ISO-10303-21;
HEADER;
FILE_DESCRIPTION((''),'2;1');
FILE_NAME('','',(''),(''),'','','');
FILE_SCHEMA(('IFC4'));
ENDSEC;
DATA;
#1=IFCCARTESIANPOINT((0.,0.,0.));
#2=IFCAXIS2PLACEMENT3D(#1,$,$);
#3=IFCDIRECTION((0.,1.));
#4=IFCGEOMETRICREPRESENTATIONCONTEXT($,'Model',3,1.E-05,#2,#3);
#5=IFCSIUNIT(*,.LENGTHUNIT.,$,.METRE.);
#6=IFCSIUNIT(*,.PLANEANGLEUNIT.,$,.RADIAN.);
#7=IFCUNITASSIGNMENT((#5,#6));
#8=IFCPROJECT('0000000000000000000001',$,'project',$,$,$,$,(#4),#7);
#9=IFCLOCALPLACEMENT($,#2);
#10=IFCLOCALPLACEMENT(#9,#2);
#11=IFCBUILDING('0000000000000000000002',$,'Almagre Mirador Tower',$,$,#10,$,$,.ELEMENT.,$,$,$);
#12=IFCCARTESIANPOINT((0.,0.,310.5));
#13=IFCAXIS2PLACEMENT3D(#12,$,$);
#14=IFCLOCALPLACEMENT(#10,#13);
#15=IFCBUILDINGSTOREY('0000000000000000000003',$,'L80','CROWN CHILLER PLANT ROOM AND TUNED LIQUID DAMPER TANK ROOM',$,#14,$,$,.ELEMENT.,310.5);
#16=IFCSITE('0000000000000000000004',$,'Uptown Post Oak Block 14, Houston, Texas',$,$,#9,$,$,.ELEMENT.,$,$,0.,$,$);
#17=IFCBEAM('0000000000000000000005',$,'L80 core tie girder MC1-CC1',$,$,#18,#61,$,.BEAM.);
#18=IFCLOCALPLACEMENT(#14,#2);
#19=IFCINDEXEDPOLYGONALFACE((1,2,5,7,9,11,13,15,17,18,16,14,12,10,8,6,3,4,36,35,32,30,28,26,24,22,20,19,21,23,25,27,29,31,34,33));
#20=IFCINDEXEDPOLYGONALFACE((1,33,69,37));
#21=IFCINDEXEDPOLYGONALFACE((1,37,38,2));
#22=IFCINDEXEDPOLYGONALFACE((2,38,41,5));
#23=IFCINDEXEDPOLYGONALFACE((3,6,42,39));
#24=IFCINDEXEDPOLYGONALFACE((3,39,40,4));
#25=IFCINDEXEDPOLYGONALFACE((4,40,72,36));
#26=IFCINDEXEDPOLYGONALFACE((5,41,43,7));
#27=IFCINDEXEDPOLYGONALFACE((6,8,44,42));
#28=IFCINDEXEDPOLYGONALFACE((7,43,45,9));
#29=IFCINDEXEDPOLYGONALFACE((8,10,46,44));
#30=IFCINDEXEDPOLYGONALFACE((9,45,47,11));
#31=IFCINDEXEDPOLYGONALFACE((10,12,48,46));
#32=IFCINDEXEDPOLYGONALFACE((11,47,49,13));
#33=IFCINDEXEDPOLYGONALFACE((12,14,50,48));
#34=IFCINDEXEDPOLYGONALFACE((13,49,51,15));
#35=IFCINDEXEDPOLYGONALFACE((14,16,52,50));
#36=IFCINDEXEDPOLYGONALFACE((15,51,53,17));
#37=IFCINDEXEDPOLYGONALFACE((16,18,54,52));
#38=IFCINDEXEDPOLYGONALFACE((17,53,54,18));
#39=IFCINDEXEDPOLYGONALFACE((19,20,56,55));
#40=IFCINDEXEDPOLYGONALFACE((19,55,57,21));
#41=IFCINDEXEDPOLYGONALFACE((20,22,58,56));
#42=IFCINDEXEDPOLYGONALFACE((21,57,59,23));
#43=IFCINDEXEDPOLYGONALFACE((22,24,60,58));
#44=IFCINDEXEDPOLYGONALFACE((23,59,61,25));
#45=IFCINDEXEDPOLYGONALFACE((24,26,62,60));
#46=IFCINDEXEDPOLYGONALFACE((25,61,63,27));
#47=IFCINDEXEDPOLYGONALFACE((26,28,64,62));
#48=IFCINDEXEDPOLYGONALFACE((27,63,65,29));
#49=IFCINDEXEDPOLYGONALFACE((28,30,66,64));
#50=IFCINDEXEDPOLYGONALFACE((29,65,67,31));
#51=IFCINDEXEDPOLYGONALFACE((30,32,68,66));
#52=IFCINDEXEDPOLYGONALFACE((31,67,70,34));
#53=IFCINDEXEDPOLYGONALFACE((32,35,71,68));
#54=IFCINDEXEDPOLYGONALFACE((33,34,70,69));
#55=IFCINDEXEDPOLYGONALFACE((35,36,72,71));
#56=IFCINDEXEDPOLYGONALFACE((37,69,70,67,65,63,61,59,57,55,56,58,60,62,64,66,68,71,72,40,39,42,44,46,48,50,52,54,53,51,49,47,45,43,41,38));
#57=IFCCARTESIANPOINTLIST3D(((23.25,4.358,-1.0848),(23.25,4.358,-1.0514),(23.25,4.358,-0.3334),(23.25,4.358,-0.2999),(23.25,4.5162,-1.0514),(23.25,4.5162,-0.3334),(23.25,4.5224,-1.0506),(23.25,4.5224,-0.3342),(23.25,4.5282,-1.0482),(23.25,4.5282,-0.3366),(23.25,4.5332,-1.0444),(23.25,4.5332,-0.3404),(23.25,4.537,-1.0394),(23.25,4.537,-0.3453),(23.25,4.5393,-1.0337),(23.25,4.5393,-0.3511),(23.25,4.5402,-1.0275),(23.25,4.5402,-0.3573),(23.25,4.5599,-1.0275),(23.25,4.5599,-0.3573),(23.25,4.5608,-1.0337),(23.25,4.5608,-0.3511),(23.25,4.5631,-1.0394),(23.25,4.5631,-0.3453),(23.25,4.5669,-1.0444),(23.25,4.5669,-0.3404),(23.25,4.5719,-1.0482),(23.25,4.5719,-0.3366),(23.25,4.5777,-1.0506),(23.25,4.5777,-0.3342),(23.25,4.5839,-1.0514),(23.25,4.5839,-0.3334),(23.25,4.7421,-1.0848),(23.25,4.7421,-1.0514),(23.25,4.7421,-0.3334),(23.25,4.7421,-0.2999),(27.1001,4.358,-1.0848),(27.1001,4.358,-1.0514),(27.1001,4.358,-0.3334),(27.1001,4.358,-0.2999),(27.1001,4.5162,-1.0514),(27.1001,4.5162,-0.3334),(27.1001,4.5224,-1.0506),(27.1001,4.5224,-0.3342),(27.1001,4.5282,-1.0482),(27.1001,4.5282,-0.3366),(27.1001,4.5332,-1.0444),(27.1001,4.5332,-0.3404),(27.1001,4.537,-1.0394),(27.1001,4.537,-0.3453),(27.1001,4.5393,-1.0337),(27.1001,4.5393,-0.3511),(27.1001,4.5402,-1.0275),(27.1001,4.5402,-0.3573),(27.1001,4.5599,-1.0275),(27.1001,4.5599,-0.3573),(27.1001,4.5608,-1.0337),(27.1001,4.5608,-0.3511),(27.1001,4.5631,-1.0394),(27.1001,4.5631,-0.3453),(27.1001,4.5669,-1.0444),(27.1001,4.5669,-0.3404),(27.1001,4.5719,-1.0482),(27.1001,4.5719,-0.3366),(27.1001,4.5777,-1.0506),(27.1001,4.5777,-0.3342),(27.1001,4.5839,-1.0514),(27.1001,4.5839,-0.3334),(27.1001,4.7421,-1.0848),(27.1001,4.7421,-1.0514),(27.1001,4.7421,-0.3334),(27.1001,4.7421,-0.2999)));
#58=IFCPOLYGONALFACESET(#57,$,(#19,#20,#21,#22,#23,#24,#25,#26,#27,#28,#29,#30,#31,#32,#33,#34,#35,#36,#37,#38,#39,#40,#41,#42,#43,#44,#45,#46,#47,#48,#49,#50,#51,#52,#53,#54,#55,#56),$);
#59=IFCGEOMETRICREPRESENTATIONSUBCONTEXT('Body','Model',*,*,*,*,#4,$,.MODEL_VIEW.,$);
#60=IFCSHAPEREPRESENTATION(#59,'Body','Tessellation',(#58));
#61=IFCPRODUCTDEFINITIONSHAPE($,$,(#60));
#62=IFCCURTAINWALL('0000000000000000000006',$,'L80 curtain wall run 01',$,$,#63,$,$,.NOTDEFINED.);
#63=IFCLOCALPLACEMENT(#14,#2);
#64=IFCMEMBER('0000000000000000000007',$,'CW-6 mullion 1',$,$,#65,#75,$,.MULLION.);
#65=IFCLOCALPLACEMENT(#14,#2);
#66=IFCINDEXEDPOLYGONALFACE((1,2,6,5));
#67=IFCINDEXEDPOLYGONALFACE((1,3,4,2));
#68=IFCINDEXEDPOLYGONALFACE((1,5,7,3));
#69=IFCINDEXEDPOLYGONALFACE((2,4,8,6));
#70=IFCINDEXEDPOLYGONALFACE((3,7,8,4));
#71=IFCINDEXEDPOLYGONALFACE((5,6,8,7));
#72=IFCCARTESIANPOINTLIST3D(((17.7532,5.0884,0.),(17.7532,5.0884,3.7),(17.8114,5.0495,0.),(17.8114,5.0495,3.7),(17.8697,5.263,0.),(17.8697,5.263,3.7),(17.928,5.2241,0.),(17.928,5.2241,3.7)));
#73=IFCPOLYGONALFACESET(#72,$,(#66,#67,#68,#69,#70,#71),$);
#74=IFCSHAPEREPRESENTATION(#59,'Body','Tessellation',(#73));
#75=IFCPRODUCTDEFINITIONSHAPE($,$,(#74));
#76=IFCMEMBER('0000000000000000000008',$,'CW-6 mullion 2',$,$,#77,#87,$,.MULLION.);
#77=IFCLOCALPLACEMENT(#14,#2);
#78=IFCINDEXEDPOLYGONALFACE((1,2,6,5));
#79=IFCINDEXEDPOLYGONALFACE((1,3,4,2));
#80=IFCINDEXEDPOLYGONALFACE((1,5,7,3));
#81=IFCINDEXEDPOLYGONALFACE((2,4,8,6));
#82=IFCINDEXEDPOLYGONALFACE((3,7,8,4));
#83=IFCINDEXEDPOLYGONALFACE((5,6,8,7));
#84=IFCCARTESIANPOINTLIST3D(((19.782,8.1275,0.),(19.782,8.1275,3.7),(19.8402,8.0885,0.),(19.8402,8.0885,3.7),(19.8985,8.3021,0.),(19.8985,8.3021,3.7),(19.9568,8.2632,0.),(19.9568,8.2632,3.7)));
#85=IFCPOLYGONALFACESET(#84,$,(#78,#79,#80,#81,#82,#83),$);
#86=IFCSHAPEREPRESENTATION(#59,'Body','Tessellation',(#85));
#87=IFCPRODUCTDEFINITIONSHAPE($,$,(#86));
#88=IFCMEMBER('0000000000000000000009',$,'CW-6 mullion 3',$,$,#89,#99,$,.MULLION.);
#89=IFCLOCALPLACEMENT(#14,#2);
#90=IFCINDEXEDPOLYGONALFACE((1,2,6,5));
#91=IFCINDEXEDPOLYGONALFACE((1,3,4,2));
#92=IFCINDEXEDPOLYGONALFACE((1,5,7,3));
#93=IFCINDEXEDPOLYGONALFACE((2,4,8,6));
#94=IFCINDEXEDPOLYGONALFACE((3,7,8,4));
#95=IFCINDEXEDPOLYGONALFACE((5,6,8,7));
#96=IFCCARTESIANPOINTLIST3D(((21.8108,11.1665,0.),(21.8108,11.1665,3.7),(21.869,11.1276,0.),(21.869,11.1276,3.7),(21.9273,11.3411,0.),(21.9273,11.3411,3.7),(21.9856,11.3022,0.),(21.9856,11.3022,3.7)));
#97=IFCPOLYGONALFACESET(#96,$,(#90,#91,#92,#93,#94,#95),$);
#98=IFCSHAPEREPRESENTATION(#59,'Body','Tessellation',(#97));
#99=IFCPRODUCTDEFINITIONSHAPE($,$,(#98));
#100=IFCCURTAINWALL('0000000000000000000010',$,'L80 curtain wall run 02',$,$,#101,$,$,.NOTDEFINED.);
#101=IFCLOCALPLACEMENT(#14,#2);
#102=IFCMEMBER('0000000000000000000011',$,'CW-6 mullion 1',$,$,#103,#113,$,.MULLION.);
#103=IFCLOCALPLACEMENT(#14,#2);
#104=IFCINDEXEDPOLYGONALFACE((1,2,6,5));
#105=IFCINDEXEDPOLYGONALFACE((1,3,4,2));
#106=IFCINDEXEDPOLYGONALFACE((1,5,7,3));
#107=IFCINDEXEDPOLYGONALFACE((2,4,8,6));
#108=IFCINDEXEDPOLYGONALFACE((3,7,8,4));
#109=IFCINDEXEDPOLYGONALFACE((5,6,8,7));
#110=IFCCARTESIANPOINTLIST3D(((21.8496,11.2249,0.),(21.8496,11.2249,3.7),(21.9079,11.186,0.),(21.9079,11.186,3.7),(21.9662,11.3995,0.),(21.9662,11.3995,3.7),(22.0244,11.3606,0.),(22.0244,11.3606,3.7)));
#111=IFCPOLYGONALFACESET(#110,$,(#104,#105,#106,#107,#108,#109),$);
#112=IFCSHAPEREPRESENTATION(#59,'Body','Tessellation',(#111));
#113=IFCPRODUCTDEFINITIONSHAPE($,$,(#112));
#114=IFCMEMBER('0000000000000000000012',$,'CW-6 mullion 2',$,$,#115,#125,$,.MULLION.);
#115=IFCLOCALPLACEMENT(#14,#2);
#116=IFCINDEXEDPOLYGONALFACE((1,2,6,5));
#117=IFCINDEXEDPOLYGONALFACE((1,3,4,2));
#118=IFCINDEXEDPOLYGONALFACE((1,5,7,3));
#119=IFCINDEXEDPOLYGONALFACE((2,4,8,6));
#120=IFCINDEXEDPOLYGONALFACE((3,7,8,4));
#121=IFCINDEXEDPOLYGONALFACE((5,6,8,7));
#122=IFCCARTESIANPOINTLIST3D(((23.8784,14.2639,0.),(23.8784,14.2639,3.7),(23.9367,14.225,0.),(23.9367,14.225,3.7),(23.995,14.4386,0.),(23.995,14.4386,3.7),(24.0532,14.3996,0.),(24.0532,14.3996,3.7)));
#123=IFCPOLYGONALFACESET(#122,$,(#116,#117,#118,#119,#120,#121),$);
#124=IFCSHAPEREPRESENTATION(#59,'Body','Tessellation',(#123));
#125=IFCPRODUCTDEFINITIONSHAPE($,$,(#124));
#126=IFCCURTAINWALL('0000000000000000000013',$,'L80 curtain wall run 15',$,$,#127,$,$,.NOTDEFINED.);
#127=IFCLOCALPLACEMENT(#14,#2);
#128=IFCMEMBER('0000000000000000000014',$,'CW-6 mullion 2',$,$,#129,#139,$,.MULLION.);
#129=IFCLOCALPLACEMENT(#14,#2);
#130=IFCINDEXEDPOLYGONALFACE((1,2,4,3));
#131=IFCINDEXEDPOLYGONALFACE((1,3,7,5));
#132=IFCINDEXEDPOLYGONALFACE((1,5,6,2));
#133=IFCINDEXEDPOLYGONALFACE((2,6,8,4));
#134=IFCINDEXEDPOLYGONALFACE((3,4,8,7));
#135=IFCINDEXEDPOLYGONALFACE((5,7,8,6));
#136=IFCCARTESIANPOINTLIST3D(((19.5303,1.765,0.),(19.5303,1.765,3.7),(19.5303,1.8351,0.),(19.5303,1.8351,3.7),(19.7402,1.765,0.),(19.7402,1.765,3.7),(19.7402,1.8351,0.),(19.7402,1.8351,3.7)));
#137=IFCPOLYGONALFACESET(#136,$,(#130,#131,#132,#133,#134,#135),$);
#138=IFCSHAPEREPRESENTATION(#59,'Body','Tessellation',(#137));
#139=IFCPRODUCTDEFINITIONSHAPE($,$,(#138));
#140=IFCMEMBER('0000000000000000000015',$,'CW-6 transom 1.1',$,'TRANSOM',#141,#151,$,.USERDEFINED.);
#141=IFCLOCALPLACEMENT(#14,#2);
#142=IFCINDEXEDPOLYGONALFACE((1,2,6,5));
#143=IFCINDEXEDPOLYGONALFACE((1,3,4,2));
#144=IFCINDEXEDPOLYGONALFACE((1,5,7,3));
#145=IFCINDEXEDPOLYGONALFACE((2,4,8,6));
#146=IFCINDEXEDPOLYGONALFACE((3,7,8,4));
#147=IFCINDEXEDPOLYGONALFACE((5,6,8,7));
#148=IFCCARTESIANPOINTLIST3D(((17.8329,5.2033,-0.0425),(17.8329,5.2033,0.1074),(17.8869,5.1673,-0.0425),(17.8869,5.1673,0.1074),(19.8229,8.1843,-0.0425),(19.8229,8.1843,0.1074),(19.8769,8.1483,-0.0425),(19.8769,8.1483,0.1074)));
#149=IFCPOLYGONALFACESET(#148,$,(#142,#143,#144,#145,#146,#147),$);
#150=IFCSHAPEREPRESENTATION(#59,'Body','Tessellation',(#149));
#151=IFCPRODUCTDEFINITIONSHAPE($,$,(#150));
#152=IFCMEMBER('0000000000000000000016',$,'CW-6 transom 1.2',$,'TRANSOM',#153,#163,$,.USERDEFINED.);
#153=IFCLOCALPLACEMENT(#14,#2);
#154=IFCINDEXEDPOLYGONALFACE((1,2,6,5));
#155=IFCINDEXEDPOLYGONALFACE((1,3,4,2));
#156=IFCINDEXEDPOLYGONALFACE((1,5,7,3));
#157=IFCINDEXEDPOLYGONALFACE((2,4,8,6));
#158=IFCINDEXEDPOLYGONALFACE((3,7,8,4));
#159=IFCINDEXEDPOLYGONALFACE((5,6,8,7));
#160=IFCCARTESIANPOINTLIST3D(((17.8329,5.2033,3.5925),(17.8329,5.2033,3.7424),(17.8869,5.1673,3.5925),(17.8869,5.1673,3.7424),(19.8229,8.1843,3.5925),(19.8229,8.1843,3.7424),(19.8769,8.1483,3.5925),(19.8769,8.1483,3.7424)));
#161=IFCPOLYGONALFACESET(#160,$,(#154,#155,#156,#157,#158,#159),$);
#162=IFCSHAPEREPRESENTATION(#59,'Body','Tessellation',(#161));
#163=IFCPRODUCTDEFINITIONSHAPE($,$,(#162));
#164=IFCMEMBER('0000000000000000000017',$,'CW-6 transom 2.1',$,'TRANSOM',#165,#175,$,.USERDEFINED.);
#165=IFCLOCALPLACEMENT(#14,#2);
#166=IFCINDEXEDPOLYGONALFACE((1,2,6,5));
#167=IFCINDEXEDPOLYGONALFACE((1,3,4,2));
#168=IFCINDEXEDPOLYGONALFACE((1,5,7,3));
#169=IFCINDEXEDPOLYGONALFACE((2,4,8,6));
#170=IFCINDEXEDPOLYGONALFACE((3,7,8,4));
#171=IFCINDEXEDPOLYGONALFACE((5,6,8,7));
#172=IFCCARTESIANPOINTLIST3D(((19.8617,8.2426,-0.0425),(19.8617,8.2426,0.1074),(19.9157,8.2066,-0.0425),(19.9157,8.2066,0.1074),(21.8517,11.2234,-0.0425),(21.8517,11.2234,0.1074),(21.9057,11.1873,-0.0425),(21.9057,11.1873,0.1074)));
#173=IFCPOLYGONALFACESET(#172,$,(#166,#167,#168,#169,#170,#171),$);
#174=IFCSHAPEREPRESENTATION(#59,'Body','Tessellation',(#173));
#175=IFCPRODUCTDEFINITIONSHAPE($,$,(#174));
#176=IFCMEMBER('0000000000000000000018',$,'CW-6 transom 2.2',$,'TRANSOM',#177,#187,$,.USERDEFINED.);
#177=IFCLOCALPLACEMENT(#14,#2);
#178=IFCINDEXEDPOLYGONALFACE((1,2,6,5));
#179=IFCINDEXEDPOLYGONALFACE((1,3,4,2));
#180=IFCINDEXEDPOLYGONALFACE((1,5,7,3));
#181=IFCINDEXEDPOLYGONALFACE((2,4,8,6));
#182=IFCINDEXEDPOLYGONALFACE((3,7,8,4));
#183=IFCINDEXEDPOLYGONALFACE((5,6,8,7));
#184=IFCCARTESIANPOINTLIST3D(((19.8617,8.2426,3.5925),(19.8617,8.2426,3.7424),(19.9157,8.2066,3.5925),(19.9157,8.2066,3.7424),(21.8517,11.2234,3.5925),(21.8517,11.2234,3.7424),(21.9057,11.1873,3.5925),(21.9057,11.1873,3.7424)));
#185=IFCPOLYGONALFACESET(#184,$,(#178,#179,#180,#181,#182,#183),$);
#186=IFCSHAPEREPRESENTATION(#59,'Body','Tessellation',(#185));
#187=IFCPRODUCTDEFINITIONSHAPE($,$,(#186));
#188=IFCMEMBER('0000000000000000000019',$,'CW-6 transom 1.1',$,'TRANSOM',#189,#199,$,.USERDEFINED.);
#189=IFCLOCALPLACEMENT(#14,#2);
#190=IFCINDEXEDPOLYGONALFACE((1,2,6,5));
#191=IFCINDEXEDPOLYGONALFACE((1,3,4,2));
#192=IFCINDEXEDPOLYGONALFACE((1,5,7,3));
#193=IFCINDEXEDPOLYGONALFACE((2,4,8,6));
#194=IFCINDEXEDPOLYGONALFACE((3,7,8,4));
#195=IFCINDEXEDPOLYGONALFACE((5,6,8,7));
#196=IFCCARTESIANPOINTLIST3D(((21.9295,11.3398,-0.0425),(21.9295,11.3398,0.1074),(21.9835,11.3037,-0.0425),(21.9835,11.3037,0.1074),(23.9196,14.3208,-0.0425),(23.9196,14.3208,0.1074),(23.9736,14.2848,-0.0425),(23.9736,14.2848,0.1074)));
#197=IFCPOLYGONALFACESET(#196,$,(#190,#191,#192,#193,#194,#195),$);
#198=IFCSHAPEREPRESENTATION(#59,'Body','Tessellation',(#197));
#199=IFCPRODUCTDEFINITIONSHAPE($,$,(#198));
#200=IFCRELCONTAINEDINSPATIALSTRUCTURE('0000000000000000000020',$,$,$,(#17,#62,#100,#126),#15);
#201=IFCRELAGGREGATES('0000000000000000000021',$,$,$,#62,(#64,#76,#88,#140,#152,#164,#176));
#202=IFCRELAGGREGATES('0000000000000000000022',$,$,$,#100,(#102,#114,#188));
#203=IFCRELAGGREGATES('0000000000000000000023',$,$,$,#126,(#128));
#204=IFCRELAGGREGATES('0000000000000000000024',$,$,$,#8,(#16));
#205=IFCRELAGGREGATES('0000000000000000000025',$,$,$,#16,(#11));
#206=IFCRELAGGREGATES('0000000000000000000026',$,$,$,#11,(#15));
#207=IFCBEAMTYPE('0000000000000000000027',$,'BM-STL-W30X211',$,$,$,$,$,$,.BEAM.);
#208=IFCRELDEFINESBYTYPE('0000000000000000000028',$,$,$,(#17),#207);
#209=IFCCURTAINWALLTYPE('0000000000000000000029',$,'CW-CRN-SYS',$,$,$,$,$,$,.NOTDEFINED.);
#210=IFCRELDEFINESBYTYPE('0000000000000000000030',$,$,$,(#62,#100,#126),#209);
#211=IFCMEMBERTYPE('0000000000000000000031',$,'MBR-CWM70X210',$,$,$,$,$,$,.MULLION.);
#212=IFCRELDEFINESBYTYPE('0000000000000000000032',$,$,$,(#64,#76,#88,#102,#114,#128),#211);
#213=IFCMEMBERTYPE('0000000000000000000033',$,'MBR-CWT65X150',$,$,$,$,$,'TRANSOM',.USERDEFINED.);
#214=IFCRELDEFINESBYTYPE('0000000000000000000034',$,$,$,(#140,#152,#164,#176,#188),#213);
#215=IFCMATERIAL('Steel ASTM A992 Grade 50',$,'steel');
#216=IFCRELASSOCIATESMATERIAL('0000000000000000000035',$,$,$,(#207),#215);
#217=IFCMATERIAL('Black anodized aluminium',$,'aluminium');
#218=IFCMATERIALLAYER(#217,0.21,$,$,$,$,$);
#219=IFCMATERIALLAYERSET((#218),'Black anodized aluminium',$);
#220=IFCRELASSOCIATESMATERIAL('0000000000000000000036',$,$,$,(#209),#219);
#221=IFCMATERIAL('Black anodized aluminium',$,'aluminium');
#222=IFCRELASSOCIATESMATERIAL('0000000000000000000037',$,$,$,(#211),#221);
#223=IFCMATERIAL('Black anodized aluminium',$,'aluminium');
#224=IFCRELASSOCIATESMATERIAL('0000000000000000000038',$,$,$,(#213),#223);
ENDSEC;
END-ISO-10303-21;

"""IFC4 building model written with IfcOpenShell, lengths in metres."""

from ifc_helpers import new_model, si_unit, direction, frame, origin, origin_2d, place, context, subcontext, project, spatial, rectangle, i_section, extrude, material, layer, layer_set, material_profile, profile_set, type_object, element, aggregate, save


model = new_model("IFC4")

# Units and contexts
model_context = context("Model", 3, precision=1e-05, world=origin(), true_north=direction((0.0, 1.0)))
body_context = subcontext(model_context, "Body", "Model", "MODEL_VIEW")
ifc_project = project(units=[si_unit("LENGTHUNIT", "METRE"), si_unit("PLANEANGLEUNIT", "RADIAN")], contexts=[model_context])

# Site, building, storey
site_placement = place(None, origin())
site = spatial("IfcSite", under=ifc_project, at=site_placement, Name="Uptown Post Oak Block 14, Houston, Texas", CompositionType="ELEMENT", RefElevation=0.0)
building_placement = place(site_placement, origin())
building = spatial("IfcBuilding", under=site, at=building_placement, Name="Almagre Mirador Tower", CompositionType="ELEMENT")
storey_placement = place(building_placement, frame((0.0, 0.0, 310.5)))
storey = spatial("IfcBuildingStorey", under=building, at=storey_placement, Name="L80", Description="CROWN CHILLER PLANT ROOM AND TUNED LIQUID DAMPER TANK ROOM", CompositionType="ELEMENT", Elevation=310.5)

# Beam
ifc_material_1 = material(Name="Steel ASTM A992 Grade 50", Category="steel")
ifc_material_profile_1 = material_profile(ifc_material_1, i_section(OverallWidth=0.384, OverallDepth=0.7849, WebThickness=0.0198, FlangeThickness=0.0334, FilletRadius=0.0239, at=origin_2d()), Name="W30X211")
ifc_profile_set_1 = profile_set([ifc_material_profile_1], Name="Steel ASTM A992 Grade 50")
beam_type_1 = type_object("IfcBeamType", Name="BM-STL-W30X211", PredefinedType="BEAM", material=ifc_profile_set_1)
beam_1_placement = place(storey_placement, frame((23.25, 4.55, -0.6924), z_axis=(1.0, 0.0, 0.0), x_axis=(0.0, 1.0, 0.0)))
element("IfcBeam", 1, at=beam_1_placement, inside=storey, type_object=beam_type_1, Name="L80 core tie girder MC1-CC1", PredefinedType="BEAM", context=body_context, shape_type="SweptSolid", body=[
    extrude(i_section(OverallWidth=0.384, OverallDepth=0.7849, WebThickness=0.0198, FlangeThickness=0.0334, FilletRadius=0.0239, at=origin_2d()), origin(), (0.0, 0.0, 1.0), 3.8501),
])

# Curtain walls, members
ifc_material_2 = material(Name="Black anodized aluminium", Category="aluminium")
ifc_layer_1 = layer(ifc_material_2, 0.21)
ifc_layer_set_1 = layer_set([ifc_layer_1], Name="Black anodized aluminium")
curtain_wall_type = type_object("IfcCurtainWallType", Name="CW-CRN-SYS", PredefinedType="NOTDEFINED", material=ifc_layer_set_1)
curtain_wall_1_placement = place(storey_placement, origin())
curtain_wall_1 = element("IfcCurtainWall", 2, at=curtain_wall_1_placement, inside=storey, type_object=curtain_wall_type, Name="L80 curtain wall run 01", PredefinedType="NOTDEFINED")
ifc_material_3 = material(Name="Black anodized aluminium", Category="aluminium")
ifc_material_profile_2 = material_profile(ifc_material_3, rectangle(XDim=0.0701, YDim=0.21, at=origin_2d()), Name="CWM70X210")
ifc_profile_set_2 = profile_set([ifc_material_profile_2], Name="Black anodized aluminium")
member_type_1 = type_object("IfcMemberType", Name="MBR-CWM70X210", PredefinedType="MULLION", material=ifc_profile_set_2)
member_1_placement = place(storey_placement, frame((17.8406, 5.1562, 0.0), z_axis=(0.0, 0.0, 1.0), x_axis=(-0.831702, 0.555222, 0.0)))
member_1 = element("IfcMember", 3, at=member_1_placement, type_object=member_type_1, Name="CW-6 mullion 1", PredefinedType="MULLION", context=body_context, shape_type="SweptSolid", body=[
    extrude(rectangle(XDim=0.0701, YDim=0.21, at=origin_2d()), origin(), (0.0, 0.0, 1.0), 3.7),
])
member_2_placement = place(storey_placement, frame((19.8694, 8.1953, 0.0), z_axis=(0.0, 0.0, 1.0), x_axis=(-0.831702, 0.555222, 0.0)))
member_2 = element("IfcMember", 4, at=member_2_placement, type_object=member_type_1, Name="CW-6 mullion 2", PredefinedType="MULLION", context=body_context, shape_type="SweptSolid", body=[
    extrude(rectangle(XDim=0.0701, YDim=0.21, at=origin_2d()), origin(), (0.0, 0.0, 1.0), 3.7),
])
member_3_placement = place(storey_placement, frame((21.8982, 11.2344, 0.0), z_axis=(0.0, 0.0, 1.0), x_axis=(-0.831702, 0.555222, 0.0)))
member_3 = element("IfcMember", 5, at=member_3_placement, type_object=member_type_1, Name="CW-6 mullion 3", PredefinedType="MULLION", context=body_context, shape_type="SweptSolid", body=[
    extrude(rectangle(XDim=0.0701, YDim=0.21, at=origin_2d()), origin(), (0.0, 0.0, 1.0), 3.7),
])
curtain_wall_2_placement = place(storey_placement, origin())
curtain_wall_2 = element("IfcCurtainWall", 6, at=curtain_wall_2_placement, inside=storey, type_object=curtain_wall_type, Name="L80 curtain wall run 02", PredefinedType="NOTDEFINED")
member_4_placement = place(storey_placement, frame((21.937, 11.2927, 0.0), z_axis=(0.0, 0.0, 1.0), x_axis=(-0.831702, 0.555222, 0.0)))
member_4 = element("IfcMember", 7, at=member_4_placement, type_object=member_type_1, Name="CW-6 mullion 1", PredefinedType="MULLION", context=body_context, shape_type="SweptSolid", body=[
    extrude(rectangle(XDim=0.0701, YDim=0.21, at=origin_2d()), origin(), (0.0, 0.0, 1.0), 3.7),
])
member_5_placement = place(storey_placement, frame((23.9658, 14.3318, 0.0), z_axis=(0.0, 0.0, 1.0), x_axis=(-0.831702, 0.555222, 0.0)))
member_5 = element("IfcMember", 8, at=member_5_placement, type_object=member_type_1, Name="CW-6 mullion 2", PredefinedType="MULLION", context=body_context, shape_type="SweptSolid", body=[
    extrude(rectangle(XDim=0.0701, YDim=0.21, at=origin_2d()), origin(), (0.0, 0.0, 1.0), 3.7),
])

# Curtain wall, member
curtain_wall_3_placement = place(storey_placement, origin())
curtain_wall_3 = element("IfcCurtainWall", 9, at=curtain_wall_3_placement, inside=storey, type_object=curtain_wall_type, Name="L80 curtain wall run 15", PredefinedType="NOTDEFINED")
member_6_placement = place(storey_placement, frame((19.6353, 1.8, 0.0), z_axis=(0.0, 0.0, 1.0), x_axis=(0.0, -1.0, 0.0)))
member_6 = element("IfcMember", 10, at=member_6_placement, type_object=member_type_1, Name="CW-6 mullion 2", PredefinedType="MULLION", context=body_context, shape_type="SweptSolid", body=[
    extrude(rectangle(XDim=0.0701, YDim=0.21, at=origin_2d()), origin(), (0.0, 0.0, 1.0), 3.7),
])

# Members
ifc_material_4 = material(Name="Black anodized aluminium", Category="aluminium")
ifc_material_profile_3 = material_profile(ifc_material_4, rectangle(XDim=0.0649, YDim=0.1499, at=origin_2d()), Name="CWT65X150")
ifc_profile_set_3 = profile_set([ifc_material_profile_3], Name="Black anodized aluminium")
member_type_2 = type_object("IfcMemberType", Name="MBR-CWT65X150", ElementType="TRANSOM", PredefinedType="USERDEFINED", material=ifc_profile_set_3)
member_7_placement = place(storey_placement, frame((17.8599, 5.1853, 0.0325), z_axis=(0.555219, 0.831704, 0.0), x_axis=(-0.831704, 0.555219, 0.0)))
member_7 = element("IfcMember", 11, at=member_7_placement, type_object=member_type_2, Name="CW-6 transom 1.1", ObjectType="TRANSOM", PredefinedType="USERDEFINED", context=body_context, shape_type="SweptSolid", body=[
    extrude(rectangle(XDim=0.0649, YDim=0.1499, at=origin_2d()), origin(), (0.0, 0.0, 1.0), 3.5842),
])
member_8_placement = place(storey_placement, frame((17.8599, 5.1853, 3.6675), z_axis=(0.555219, 0.831704, 0.0), x_axis=(-0.831704, 0.555219, 0.0)))
member_8 = element("IfcMember", 12, at=member_8_placement, type_object=member_type_2, Name="CW-6 transom 1.2", ObjectType="TRANSOM", PredefinedType="USERDEFINED", context=body_context, shape_type="SweptSolid", body=[
    extrude(rectangle(XDim=0.0649, YDim=0.1499, at=origin_2d()), origin(), (0.0, 0.0, 1.0), 3.5842),
])
member_9_placement = place(storey_placement, frame((19.8887, 8.2246, 0.0325), z_axis=(0.55525, 0.831683, 0.0), x_axis=(-0.831683, 0.55525, 0.0)))
member_9 = element("IfcMember", 13, at=member_9_placement, type_object=member_type_2, Name="CW-6 transom 2.1", ObjectType="TRANSOM", PredefinedType="USERDEFINED", context=body_context, shape_type="SweptSolid", body=[
    extrude(rectangle(XDim=0.0649, YDim=0.1499, at=origin_2d()), origin(), (0.0, 0.0, 1.0), 3.584),
])
member_10_placement = place(storey_placement, frame((19.8887, 8.2246, 3.6675), z_axis=(0.55525, 0.831683, 0.0), x_axis=(-0.831683, 0.55525, 0.0)))
member_10 = element("IfcMember", 14, at=member_10_placement, type_object=member_type_2, Name="CW-6 transom 2.2", ObjectType="TRANSOM", PredefinedType="USERDEFINED", context=body_context, shape_type="SweptSolid", body=[
    extrude(rectangle(XDim=0.0649, YDim=0.1499, at=origin_2d()), origin(), (0.0, 0.0, 1.0), 3.584),
])
member_11_placement = place(storey_placement, frame((21.9565, 11.3218, 0.0325), z_axis=(0.555219, 0.831704, 0.0), x_axis=(-0.831704, 0.555219, 0.0)))
member_11 = element("IfcMember", 15, at=member_11_placement, type_object=member_type_2, Name="CW-6 transom 1.1", ObjectType="TRANSOM", PredefinedType="USERDEFINED", context=body_context, shape_type="SweptSolid", body=[
    extrude(rectangle(XDim=0.0649, YDim=0.1499, at=origin_2d()), origin(), (0.0, 0.0, 1.0), 3.5842),
])

aggregate(curtain_wall_1, [member_1, member_2, member_3, member_7, member_8, member_9, member_10])
aggregate(curtain_wall_2, [member_4, member_5, member_11])
aggregate(curtain_wall_3, [member_6])

save(model, "model.ifc")
